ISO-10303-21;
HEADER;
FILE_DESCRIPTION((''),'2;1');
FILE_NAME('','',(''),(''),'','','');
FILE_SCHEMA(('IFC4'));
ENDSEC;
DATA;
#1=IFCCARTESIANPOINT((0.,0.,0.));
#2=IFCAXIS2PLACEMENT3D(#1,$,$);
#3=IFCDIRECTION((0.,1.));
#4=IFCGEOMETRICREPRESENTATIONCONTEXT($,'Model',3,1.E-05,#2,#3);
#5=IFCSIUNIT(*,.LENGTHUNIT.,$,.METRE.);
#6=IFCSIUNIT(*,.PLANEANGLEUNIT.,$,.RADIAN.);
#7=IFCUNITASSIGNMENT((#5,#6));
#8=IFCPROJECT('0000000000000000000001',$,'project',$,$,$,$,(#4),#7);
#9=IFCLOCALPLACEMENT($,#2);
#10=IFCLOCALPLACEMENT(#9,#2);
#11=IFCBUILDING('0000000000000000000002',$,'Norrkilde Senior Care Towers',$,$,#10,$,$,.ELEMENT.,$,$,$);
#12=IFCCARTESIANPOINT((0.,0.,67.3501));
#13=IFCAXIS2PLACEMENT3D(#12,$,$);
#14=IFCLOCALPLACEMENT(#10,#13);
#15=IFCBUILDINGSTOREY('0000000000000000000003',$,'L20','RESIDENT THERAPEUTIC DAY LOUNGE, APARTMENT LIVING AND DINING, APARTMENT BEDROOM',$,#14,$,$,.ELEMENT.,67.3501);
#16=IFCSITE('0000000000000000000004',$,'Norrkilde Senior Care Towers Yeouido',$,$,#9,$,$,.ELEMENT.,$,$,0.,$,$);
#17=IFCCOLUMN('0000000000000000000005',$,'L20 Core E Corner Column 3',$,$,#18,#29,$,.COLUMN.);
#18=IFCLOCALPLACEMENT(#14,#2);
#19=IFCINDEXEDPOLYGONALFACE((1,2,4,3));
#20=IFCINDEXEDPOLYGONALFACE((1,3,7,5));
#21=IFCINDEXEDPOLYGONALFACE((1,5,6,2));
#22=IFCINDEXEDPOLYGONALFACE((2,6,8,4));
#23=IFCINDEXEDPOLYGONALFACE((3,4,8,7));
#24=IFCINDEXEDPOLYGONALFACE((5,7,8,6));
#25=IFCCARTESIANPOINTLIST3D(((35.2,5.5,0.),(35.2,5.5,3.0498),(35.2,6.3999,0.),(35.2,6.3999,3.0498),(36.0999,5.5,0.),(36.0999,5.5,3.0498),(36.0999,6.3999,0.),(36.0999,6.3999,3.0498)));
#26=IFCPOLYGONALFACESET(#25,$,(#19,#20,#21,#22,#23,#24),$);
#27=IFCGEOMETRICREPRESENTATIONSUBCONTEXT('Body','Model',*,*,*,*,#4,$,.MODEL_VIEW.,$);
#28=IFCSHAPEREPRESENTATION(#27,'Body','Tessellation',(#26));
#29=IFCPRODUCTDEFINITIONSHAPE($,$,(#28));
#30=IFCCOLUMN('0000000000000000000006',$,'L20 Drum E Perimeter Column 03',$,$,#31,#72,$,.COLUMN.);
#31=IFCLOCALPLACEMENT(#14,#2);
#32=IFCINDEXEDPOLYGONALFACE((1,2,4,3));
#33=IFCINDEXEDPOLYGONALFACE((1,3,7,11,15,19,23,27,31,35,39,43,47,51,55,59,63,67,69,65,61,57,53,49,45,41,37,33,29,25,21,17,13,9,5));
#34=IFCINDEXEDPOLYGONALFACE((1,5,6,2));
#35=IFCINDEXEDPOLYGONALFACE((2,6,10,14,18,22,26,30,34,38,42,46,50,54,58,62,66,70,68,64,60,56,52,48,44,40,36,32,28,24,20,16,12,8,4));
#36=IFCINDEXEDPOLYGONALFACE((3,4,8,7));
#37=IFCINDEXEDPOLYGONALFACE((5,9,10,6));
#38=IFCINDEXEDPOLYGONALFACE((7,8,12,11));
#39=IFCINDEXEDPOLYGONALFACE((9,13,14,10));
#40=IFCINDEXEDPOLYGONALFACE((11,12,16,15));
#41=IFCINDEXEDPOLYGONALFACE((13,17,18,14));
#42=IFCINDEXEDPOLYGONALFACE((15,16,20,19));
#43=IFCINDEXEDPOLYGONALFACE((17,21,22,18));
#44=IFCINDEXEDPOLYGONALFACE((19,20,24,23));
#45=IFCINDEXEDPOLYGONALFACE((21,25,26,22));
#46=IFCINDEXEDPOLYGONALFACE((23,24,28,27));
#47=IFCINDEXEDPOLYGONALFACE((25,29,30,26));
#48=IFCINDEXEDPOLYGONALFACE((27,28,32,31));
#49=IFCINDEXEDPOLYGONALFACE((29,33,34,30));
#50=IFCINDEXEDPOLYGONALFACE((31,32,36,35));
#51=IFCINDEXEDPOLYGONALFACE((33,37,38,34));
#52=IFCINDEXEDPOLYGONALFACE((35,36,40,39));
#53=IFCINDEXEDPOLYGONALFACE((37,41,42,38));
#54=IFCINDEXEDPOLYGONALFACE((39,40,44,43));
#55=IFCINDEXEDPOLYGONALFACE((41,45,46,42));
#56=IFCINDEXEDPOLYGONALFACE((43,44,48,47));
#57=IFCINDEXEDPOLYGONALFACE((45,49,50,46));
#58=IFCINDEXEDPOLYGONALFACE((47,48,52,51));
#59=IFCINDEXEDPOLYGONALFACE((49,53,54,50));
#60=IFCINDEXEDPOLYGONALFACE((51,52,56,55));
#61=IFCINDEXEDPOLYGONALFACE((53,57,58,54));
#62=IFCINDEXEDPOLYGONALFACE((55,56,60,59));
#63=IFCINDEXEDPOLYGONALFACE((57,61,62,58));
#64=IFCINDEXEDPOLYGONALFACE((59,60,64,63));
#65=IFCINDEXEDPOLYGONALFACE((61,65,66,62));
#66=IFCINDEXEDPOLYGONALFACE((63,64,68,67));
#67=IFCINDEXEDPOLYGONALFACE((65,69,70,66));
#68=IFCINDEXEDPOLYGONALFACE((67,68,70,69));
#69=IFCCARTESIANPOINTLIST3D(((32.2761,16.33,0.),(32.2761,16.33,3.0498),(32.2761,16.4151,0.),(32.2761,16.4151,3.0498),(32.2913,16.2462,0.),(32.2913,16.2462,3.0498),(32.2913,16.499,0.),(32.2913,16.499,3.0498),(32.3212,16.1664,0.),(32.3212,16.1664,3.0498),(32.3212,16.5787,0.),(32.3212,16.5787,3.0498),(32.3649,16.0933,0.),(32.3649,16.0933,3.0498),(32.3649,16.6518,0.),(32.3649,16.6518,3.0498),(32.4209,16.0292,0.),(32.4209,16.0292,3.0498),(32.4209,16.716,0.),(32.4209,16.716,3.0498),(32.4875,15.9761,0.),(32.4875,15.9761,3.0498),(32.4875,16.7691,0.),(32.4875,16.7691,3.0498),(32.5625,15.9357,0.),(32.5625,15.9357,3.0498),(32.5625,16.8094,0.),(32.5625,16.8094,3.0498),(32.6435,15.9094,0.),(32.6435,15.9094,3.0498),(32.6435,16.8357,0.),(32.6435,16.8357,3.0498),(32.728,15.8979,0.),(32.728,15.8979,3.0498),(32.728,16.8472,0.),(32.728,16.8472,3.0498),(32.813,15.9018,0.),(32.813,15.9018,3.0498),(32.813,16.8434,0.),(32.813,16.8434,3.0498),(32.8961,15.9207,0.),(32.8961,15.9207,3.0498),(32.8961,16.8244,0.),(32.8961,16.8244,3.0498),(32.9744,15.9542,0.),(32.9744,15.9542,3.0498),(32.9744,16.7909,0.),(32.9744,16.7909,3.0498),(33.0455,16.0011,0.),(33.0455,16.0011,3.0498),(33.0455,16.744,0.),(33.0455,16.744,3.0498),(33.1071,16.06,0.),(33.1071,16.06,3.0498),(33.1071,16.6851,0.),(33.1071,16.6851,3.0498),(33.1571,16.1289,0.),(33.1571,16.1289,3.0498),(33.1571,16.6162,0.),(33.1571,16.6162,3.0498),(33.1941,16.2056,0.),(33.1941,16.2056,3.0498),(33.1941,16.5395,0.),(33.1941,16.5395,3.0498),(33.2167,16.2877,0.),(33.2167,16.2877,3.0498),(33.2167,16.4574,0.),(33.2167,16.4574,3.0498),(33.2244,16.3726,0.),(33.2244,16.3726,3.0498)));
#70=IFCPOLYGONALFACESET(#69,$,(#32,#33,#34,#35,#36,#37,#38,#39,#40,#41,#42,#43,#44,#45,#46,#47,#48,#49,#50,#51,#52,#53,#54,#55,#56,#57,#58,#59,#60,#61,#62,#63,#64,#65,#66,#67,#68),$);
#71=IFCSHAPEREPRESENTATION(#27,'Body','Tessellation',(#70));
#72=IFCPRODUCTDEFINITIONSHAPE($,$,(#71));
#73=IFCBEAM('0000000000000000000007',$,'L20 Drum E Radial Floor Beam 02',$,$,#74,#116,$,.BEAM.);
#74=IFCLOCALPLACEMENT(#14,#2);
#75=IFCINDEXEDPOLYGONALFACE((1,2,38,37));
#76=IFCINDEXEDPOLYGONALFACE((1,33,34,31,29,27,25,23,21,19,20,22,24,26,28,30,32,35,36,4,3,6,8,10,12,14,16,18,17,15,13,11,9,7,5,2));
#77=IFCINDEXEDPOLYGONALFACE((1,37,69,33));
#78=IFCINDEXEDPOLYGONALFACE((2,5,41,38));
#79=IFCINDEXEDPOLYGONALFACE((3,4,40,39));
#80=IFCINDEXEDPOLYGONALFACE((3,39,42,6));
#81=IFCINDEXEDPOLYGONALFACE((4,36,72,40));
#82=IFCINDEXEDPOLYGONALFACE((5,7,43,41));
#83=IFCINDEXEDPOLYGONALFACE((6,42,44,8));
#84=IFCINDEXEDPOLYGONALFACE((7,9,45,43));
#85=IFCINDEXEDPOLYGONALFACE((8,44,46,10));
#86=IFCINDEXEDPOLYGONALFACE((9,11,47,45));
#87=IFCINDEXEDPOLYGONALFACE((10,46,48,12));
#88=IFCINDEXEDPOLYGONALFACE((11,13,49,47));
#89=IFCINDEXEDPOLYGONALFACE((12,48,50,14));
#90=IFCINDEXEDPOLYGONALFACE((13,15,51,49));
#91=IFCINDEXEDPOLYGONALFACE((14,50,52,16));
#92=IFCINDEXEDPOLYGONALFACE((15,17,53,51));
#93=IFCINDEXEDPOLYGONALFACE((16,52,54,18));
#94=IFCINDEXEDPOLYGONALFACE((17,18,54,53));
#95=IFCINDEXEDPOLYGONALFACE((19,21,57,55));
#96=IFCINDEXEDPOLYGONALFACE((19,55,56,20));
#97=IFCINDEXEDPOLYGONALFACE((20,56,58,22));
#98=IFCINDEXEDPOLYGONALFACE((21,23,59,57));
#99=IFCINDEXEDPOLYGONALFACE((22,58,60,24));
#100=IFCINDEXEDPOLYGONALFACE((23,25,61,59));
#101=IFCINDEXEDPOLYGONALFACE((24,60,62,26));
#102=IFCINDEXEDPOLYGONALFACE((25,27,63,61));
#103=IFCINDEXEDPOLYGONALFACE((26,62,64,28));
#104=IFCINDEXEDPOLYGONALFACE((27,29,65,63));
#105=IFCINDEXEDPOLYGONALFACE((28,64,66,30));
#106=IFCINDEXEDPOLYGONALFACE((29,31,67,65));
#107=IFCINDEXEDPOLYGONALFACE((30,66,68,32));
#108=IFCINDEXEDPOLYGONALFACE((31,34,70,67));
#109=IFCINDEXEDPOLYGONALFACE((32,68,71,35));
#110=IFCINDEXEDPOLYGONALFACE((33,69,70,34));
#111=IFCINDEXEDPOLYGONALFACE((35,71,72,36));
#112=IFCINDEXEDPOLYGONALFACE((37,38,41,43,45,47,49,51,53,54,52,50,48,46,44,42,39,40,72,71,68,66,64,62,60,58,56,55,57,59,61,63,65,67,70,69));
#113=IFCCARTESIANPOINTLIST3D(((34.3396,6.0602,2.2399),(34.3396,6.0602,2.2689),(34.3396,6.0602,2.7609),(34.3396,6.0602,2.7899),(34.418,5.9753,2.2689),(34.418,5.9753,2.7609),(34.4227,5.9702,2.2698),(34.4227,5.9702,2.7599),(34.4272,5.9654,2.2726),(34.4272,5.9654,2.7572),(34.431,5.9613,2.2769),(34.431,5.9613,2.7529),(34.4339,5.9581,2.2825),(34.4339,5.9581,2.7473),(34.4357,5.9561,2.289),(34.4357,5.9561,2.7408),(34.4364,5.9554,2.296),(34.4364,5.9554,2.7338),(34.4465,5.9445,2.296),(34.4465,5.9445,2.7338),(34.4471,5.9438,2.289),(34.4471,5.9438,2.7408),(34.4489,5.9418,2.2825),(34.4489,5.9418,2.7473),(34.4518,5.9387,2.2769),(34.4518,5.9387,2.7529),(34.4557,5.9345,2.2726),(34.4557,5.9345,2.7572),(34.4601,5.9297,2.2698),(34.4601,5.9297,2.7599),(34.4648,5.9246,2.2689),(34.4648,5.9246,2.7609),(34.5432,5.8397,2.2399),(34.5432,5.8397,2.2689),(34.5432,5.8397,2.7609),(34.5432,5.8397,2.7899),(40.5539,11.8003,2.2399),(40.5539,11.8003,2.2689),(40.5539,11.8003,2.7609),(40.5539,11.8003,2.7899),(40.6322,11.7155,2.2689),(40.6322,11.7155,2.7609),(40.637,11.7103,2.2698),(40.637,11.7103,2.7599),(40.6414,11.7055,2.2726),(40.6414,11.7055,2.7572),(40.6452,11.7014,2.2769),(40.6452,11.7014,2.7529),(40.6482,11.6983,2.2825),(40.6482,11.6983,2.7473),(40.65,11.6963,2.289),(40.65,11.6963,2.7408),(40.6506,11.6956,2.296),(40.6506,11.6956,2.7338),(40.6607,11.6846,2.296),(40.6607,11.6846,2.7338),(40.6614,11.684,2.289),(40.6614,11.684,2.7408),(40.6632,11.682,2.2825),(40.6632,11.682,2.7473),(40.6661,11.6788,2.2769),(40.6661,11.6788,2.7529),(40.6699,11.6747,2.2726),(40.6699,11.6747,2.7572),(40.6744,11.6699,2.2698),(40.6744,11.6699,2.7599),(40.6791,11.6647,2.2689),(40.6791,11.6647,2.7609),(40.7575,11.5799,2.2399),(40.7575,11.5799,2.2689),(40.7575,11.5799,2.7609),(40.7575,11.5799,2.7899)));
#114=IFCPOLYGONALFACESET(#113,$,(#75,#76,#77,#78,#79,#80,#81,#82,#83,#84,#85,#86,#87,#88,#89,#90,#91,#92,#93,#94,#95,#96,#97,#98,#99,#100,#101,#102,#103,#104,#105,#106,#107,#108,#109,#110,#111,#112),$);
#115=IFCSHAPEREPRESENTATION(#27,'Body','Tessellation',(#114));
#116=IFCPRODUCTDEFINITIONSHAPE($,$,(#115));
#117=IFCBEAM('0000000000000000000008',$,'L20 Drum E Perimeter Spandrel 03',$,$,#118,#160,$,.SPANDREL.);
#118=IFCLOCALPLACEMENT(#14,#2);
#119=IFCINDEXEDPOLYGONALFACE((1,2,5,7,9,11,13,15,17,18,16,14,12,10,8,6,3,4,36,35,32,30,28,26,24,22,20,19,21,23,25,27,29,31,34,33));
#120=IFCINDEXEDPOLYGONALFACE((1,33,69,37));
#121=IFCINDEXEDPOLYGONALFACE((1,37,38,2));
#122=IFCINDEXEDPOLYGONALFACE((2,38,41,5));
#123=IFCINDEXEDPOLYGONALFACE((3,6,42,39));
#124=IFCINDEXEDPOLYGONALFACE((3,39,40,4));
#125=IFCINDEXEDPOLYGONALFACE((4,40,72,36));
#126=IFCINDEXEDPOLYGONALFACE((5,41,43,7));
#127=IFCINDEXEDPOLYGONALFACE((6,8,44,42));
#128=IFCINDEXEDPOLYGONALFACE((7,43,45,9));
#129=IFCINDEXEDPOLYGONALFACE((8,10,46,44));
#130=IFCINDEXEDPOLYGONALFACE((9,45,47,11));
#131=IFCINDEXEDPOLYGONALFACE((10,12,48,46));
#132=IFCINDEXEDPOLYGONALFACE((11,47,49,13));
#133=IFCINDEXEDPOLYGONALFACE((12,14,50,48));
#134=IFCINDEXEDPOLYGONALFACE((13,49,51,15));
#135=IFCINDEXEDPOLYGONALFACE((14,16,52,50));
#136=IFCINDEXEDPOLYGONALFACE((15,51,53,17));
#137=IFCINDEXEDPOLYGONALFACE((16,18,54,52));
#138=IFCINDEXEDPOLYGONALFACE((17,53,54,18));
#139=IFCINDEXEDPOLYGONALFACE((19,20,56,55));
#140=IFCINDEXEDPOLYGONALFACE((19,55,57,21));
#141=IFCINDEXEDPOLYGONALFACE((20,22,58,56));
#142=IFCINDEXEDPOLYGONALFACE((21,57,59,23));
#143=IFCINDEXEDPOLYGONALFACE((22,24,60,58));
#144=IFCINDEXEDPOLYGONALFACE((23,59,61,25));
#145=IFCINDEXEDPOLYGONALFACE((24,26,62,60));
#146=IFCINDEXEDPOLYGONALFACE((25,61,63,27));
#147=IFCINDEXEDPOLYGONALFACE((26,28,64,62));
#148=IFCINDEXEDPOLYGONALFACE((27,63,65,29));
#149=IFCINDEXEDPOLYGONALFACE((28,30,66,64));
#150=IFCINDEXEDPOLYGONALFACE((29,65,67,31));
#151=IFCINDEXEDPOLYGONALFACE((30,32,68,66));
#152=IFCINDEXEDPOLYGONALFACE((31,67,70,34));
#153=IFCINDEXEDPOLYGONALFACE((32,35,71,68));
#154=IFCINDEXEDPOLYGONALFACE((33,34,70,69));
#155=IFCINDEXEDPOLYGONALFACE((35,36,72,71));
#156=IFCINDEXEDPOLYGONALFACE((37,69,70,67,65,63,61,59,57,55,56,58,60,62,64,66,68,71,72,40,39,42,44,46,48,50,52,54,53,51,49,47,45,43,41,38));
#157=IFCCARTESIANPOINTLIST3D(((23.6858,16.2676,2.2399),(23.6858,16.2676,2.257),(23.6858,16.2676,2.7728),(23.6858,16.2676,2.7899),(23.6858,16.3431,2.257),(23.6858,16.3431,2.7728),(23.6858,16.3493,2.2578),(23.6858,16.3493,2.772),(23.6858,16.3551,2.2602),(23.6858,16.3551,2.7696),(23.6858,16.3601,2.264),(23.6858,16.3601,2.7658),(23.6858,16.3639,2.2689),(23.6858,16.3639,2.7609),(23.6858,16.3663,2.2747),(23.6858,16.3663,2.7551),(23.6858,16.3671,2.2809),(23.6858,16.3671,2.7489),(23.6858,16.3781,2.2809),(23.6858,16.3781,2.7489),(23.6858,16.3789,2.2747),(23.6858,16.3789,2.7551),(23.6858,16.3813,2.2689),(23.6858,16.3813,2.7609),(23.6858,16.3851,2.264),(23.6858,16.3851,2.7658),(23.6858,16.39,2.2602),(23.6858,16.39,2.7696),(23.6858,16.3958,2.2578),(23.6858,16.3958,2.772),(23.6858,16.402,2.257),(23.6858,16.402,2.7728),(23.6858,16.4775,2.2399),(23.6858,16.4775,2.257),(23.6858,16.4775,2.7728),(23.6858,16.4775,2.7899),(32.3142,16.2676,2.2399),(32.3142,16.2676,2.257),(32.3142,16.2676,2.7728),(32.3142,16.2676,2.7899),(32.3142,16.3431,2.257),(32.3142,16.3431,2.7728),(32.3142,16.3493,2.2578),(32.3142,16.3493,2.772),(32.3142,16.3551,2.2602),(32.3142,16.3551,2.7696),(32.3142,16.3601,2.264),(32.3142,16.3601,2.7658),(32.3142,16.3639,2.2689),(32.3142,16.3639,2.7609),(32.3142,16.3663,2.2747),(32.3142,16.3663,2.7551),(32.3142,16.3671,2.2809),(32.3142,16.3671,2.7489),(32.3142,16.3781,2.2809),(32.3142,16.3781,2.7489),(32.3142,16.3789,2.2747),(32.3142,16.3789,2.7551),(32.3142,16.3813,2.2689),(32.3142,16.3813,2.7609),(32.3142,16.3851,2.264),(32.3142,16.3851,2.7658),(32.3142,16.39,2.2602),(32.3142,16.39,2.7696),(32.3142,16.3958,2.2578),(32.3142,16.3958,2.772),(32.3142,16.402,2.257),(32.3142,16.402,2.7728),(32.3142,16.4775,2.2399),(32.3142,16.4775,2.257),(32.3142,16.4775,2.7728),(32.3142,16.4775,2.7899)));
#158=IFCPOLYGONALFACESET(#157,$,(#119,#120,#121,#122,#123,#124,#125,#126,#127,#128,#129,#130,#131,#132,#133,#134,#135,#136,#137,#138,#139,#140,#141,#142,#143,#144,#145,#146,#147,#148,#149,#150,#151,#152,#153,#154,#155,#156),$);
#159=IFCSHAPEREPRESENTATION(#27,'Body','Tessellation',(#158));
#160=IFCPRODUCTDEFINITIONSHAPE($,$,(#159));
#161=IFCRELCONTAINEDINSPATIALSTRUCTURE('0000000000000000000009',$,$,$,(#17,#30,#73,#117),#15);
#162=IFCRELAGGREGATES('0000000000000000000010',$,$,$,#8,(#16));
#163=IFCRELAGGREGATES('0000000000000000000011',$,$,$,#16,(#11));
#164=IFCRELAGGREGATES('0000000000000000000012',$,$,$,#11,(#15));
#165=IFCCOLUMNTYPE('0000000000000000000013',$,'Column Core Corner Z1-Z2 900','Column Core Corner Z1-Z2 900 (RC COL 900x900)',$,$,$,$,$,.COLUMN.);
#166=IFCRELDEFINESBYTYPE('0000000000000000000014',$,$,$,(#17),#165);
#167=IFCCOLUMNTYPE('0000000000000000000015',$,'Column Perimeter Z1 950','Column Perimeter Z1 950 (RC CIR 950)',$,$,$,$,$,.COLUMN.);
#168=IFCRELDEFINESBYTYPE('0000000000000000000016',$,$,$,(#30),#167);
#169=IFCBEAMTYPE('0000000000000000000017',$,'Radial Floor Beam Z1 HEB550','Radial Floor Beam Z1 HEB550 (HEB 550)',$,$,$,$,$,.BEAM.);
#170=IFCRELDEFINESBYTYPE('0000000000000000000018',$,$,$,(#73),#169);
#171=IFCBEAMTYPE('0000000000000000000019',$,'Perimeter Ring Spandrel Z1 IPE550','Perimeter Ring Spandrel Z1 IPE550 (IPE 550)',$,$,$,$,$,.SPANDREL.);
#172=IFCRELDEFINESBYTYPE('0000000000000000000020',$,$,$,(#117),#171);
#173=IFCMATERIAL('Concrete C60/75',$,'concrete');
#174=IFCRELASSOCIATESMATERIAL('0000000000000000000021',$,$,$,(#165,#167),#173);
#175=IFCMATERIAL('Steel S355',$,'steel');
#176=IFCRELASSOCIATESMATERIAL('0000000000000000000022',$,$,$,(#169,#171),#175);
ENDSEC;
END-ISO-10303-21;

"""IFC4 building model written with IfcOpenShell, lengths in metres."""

from ifc_helpers import new_model, si_unit, direction, frame, origin, origin_2d, place, context, subcontext, project, spatial, rectangle, circle, i_section, extrude, source, transform, mapped, material, material_profile, profile_set, type_object, type_shapes, element, save


model = new_model("IFC4")

# Units and contexts
model_context = context("Model", 3, precision=1e-05, world=origin(), true_north=direction((0.0, 1.0)))
body_context = subcontext(model_context, "Body", "Model", "MODEL_VIEW")
ifc_project = project(units=[si_unit("LENGTHUNIT", "METRE"), si_unit("PLANEANGLEUNIT", "RADIAN")], contexts=[model_context])

# Site, building, storey
site_placement = place(None, origin())
site = spatial("IfcSite", under=ifc_project, at=site_placement, Name="Norrkilde Senior Care Towers Yeouido", CompositionType="ELEMENT", RefElevation=0.0)
building_placement = place(site_placement, origin())
building = spatial("IfcBuilding", under=site, at=building_placement, Name="Norrkilde Senior Care Towers", CompositionType="ELEMENT")
storey_placement = place(building_placement, frame((0.0, 0.0, 67.3501)))
storey = spatial("IfcBuildingStorey", under=building, at=storey_placement, Name="L20", Description="RESIDENT THERAPEUTIC DAY LOUNGE, APARTMENT LIVING AND DINING, APARTMENT BEDROOM", CompositionType="ELEMENT", Elevation=67.3501)

# Columns
ifc_material_1 = material(Name="Concrete C60/75", Category="concrete")
ifc_material_profile_1 = material_profile(ifc_material_1, rectangle(XDim=0.8999, YDim=0.8999, at=origin_2d()), Name="RC COL 900x900")
ifc_profile_set_1 = profile_set([ifc_material_profile_1], Name="Concrete C60/75")
column_type_1 = type_object("IfcColumnType", Name="Column Core Corner Z1-Z2 900", Description="Column Core Corner Z1-Z2 900 (RC COL 900x900)", PredefinedType="COLUMN", material=ifc_profile_set_1)
shared_shape_1 = source(origin(), body_context, "Body", "SweptSolid", [
    extrude(rectangle(XDim=0.8999, YDim=0.8999, at=origin_2d()), origin(), (0.0, 0.0, 1.0), 3.0498),
])
type_shapes(column_type_1, [shared_shape_1])
column_1_placement = place(storey_placement, frame((35.6499, 5.95, 0.0), z_axis=(0.0, 0.0, 1.0), x_axis=(1.0, 0.0, 0.0)))
element("IfcColumn", 1, at=column_1_placement, inside=storey, type_object=column_type_1, Name="L20 Core E Corner Column 3", PredefinedType="COLUMN", context=body_context, shape_type="MappedRepresentation", body=[
    mapped(shared_shape_1, transform((0.0, 0.0, 0.0), x_axis=(1.0, 0.0, 0.0), y_axis=(0.0, 1.0, 0.0), z_axis=(0.0, 0.0, 1.0), scale=1.0)),
])
ifc_material_profile_2 = material_profile(ifc_material_1, circle(Radius=0.4751, at=origin_2d()), Name="RC CIR 950")
ifc_profile_set_2 = profile_set([ifc_material_profile_2], Name="Concrete C60/75")
column_type_2 = type_object("IfcColumnType", Name="Column Perimeter Z1 950", Description="Column Perimeter Z1 950 (RC CIR 950)", PredefinedType="COLUMN", material=ifc_profile_set_2)
shared_shape_2 = source(origin(), body_context, "Body", "SweptSolid", [
    extrude(circle(Radius=0.4751, at=origin_2d()), origin(), (0.0, 0.0, 1.0), 3.0498),
])
type_shapes(column_type_2, [shared_shape_2])
column_2_placement = place(storey_placement, frame((32.7493, 16.3726, 0.0), z_axis=(0.0, 0.0, 1.0), x_axis=(1.0, 0.0, 0.0)))
element("IfcColumn", 2, at=column_2_placement, inside=storey, type_object=column_type_2, Name="L20 Drum E Perimeter Column 03", PredefinedType="COLUMN", context=body_context, shape_type="MappedRepresentation", body=[
    mapped(shared_shape_2, transform((0.0, 0.0, 0.0), x_axis=(1.0, 0.0, 0.0), y_axis=(0.0, 1.0, 0.0), z_axis=(0.0, 0.0, 1.0), scale=1.0)),
])

# Beams
ifc_material_2 = material(Name="Steel S355", Category="steel")
ifc_material_profile_3 = material_profile(ifc_material_2, i_section(OverallWidth=0.3, OverallDepth=0.55, WebThickness=0.0149, FlangeThickness=0.0291, FilletRadius=0.0271, at=origin_2d()), Name="HEB 550")
ifc_profile_set_3 = profile_set([ifc_material_profile_3], Name="Steel S355")
beam_type_1 = type_object("IfcBeamType", Name="Radial Floor Beam Z1 HEB550", Description="Radial Floor Beam Z1 HEB550 (HEB 550)", PredefinedType="BEAM", material=ifc_profile_set_3)
shared_shape_3 = source(origin(), body_context, "Body", "SweptSolid", [
    extrude(i_section(OverallWidth=0.3, OverallDepth=0.55, WebThickness=0.0149, FlangeThickness=0.0291, FilletRadius=0.0271, at=origin_2d()), origin(), (0.0, 0.0, 1.0), 8.4597),
])
beam_1_placement = place(storey_placement, frame((34.4414, 5.95, 2.5149), z_axis=(0.734573, 0.678529, 0.0), x_axis=(-0.678529, 0.734573, 0.0)))
element("IfcBeam", 3, at=beam_1_placement, inside=storey, type_object=beam_type_1, Name="L20 Drum E Radial Floor Beam 02", PredefinedType="BEAM", context=body_context, shape_type="MappedRepresentation", body=[
    mapped(shared_shape_3, transform((0.0, 0.0, 0.0), x_axis=(1.0, 0.0, 0.0), y_axis=(0.0, 1.0, 0.0), z_axis=(0.0, 0.0, 1.0), scale=1.0)),
])
ifc_material_profile_4 = material_profile(ifc_material_2, i_section(OverallWidth=0.21, OverallDepth=0.55, WebThickness=0.011, FlangeThickness=0.0171, FilletRadius=0.0239, at=origin_2d()), Name="IPE 550")
ifc_profile_set_4 = profile_set([ifc_material_profile_4], Name="Steel S355")
beam_type_2 = type_object("IfcBeamType", Name="Perimeter Ring Spandrel Z1 IPE550", Description="Perimeter Ring Spandrel Z1 IPE550 (IPE 550)", PredefinedType="SPANDREL", material=ifc_profile_set_4)
shared_shape_4 = source(origin(), body_context, "Body", "SweptSolid", [
    extrude(i_section(OverallWidth=0.21, OverallDepth=0.55, WebThickness=0.011, FlangeThickness=0.0171, FilletRadius=0.0239, at=origin_2d()), origin(), (0.0, 0.0, 1.0), 8.6284),
])
type_shapes(beam_type_2, [shared_shape_4])
beam_2_placement = place(storey_placement, frame((32.3142, 16.3726, 2.5149), z_axis=(-1.0, 0.0, 0.0), x_axis=(0.0, -1.0, 0.0)))
element("IfcBeam", 4, at=beam_2_placement, inside=storey, type_object=beam_type_2, Name="L20 Drum E Perimeter Spandrel 03", PredefinedType="SPANDREL", context=body_context, shape_type="MappedRepresentation", body=[
    mapped(shared_shape_4, transform((0.0, 0.0, 0.0), x_axis=(1.0, 0.0, 0.0), y_axis=(0.0, 1.0, 0.0), z_axis=(0.0, 0.0, 1.0), scale=1.0)),
])

save(model, "model.ifc")
